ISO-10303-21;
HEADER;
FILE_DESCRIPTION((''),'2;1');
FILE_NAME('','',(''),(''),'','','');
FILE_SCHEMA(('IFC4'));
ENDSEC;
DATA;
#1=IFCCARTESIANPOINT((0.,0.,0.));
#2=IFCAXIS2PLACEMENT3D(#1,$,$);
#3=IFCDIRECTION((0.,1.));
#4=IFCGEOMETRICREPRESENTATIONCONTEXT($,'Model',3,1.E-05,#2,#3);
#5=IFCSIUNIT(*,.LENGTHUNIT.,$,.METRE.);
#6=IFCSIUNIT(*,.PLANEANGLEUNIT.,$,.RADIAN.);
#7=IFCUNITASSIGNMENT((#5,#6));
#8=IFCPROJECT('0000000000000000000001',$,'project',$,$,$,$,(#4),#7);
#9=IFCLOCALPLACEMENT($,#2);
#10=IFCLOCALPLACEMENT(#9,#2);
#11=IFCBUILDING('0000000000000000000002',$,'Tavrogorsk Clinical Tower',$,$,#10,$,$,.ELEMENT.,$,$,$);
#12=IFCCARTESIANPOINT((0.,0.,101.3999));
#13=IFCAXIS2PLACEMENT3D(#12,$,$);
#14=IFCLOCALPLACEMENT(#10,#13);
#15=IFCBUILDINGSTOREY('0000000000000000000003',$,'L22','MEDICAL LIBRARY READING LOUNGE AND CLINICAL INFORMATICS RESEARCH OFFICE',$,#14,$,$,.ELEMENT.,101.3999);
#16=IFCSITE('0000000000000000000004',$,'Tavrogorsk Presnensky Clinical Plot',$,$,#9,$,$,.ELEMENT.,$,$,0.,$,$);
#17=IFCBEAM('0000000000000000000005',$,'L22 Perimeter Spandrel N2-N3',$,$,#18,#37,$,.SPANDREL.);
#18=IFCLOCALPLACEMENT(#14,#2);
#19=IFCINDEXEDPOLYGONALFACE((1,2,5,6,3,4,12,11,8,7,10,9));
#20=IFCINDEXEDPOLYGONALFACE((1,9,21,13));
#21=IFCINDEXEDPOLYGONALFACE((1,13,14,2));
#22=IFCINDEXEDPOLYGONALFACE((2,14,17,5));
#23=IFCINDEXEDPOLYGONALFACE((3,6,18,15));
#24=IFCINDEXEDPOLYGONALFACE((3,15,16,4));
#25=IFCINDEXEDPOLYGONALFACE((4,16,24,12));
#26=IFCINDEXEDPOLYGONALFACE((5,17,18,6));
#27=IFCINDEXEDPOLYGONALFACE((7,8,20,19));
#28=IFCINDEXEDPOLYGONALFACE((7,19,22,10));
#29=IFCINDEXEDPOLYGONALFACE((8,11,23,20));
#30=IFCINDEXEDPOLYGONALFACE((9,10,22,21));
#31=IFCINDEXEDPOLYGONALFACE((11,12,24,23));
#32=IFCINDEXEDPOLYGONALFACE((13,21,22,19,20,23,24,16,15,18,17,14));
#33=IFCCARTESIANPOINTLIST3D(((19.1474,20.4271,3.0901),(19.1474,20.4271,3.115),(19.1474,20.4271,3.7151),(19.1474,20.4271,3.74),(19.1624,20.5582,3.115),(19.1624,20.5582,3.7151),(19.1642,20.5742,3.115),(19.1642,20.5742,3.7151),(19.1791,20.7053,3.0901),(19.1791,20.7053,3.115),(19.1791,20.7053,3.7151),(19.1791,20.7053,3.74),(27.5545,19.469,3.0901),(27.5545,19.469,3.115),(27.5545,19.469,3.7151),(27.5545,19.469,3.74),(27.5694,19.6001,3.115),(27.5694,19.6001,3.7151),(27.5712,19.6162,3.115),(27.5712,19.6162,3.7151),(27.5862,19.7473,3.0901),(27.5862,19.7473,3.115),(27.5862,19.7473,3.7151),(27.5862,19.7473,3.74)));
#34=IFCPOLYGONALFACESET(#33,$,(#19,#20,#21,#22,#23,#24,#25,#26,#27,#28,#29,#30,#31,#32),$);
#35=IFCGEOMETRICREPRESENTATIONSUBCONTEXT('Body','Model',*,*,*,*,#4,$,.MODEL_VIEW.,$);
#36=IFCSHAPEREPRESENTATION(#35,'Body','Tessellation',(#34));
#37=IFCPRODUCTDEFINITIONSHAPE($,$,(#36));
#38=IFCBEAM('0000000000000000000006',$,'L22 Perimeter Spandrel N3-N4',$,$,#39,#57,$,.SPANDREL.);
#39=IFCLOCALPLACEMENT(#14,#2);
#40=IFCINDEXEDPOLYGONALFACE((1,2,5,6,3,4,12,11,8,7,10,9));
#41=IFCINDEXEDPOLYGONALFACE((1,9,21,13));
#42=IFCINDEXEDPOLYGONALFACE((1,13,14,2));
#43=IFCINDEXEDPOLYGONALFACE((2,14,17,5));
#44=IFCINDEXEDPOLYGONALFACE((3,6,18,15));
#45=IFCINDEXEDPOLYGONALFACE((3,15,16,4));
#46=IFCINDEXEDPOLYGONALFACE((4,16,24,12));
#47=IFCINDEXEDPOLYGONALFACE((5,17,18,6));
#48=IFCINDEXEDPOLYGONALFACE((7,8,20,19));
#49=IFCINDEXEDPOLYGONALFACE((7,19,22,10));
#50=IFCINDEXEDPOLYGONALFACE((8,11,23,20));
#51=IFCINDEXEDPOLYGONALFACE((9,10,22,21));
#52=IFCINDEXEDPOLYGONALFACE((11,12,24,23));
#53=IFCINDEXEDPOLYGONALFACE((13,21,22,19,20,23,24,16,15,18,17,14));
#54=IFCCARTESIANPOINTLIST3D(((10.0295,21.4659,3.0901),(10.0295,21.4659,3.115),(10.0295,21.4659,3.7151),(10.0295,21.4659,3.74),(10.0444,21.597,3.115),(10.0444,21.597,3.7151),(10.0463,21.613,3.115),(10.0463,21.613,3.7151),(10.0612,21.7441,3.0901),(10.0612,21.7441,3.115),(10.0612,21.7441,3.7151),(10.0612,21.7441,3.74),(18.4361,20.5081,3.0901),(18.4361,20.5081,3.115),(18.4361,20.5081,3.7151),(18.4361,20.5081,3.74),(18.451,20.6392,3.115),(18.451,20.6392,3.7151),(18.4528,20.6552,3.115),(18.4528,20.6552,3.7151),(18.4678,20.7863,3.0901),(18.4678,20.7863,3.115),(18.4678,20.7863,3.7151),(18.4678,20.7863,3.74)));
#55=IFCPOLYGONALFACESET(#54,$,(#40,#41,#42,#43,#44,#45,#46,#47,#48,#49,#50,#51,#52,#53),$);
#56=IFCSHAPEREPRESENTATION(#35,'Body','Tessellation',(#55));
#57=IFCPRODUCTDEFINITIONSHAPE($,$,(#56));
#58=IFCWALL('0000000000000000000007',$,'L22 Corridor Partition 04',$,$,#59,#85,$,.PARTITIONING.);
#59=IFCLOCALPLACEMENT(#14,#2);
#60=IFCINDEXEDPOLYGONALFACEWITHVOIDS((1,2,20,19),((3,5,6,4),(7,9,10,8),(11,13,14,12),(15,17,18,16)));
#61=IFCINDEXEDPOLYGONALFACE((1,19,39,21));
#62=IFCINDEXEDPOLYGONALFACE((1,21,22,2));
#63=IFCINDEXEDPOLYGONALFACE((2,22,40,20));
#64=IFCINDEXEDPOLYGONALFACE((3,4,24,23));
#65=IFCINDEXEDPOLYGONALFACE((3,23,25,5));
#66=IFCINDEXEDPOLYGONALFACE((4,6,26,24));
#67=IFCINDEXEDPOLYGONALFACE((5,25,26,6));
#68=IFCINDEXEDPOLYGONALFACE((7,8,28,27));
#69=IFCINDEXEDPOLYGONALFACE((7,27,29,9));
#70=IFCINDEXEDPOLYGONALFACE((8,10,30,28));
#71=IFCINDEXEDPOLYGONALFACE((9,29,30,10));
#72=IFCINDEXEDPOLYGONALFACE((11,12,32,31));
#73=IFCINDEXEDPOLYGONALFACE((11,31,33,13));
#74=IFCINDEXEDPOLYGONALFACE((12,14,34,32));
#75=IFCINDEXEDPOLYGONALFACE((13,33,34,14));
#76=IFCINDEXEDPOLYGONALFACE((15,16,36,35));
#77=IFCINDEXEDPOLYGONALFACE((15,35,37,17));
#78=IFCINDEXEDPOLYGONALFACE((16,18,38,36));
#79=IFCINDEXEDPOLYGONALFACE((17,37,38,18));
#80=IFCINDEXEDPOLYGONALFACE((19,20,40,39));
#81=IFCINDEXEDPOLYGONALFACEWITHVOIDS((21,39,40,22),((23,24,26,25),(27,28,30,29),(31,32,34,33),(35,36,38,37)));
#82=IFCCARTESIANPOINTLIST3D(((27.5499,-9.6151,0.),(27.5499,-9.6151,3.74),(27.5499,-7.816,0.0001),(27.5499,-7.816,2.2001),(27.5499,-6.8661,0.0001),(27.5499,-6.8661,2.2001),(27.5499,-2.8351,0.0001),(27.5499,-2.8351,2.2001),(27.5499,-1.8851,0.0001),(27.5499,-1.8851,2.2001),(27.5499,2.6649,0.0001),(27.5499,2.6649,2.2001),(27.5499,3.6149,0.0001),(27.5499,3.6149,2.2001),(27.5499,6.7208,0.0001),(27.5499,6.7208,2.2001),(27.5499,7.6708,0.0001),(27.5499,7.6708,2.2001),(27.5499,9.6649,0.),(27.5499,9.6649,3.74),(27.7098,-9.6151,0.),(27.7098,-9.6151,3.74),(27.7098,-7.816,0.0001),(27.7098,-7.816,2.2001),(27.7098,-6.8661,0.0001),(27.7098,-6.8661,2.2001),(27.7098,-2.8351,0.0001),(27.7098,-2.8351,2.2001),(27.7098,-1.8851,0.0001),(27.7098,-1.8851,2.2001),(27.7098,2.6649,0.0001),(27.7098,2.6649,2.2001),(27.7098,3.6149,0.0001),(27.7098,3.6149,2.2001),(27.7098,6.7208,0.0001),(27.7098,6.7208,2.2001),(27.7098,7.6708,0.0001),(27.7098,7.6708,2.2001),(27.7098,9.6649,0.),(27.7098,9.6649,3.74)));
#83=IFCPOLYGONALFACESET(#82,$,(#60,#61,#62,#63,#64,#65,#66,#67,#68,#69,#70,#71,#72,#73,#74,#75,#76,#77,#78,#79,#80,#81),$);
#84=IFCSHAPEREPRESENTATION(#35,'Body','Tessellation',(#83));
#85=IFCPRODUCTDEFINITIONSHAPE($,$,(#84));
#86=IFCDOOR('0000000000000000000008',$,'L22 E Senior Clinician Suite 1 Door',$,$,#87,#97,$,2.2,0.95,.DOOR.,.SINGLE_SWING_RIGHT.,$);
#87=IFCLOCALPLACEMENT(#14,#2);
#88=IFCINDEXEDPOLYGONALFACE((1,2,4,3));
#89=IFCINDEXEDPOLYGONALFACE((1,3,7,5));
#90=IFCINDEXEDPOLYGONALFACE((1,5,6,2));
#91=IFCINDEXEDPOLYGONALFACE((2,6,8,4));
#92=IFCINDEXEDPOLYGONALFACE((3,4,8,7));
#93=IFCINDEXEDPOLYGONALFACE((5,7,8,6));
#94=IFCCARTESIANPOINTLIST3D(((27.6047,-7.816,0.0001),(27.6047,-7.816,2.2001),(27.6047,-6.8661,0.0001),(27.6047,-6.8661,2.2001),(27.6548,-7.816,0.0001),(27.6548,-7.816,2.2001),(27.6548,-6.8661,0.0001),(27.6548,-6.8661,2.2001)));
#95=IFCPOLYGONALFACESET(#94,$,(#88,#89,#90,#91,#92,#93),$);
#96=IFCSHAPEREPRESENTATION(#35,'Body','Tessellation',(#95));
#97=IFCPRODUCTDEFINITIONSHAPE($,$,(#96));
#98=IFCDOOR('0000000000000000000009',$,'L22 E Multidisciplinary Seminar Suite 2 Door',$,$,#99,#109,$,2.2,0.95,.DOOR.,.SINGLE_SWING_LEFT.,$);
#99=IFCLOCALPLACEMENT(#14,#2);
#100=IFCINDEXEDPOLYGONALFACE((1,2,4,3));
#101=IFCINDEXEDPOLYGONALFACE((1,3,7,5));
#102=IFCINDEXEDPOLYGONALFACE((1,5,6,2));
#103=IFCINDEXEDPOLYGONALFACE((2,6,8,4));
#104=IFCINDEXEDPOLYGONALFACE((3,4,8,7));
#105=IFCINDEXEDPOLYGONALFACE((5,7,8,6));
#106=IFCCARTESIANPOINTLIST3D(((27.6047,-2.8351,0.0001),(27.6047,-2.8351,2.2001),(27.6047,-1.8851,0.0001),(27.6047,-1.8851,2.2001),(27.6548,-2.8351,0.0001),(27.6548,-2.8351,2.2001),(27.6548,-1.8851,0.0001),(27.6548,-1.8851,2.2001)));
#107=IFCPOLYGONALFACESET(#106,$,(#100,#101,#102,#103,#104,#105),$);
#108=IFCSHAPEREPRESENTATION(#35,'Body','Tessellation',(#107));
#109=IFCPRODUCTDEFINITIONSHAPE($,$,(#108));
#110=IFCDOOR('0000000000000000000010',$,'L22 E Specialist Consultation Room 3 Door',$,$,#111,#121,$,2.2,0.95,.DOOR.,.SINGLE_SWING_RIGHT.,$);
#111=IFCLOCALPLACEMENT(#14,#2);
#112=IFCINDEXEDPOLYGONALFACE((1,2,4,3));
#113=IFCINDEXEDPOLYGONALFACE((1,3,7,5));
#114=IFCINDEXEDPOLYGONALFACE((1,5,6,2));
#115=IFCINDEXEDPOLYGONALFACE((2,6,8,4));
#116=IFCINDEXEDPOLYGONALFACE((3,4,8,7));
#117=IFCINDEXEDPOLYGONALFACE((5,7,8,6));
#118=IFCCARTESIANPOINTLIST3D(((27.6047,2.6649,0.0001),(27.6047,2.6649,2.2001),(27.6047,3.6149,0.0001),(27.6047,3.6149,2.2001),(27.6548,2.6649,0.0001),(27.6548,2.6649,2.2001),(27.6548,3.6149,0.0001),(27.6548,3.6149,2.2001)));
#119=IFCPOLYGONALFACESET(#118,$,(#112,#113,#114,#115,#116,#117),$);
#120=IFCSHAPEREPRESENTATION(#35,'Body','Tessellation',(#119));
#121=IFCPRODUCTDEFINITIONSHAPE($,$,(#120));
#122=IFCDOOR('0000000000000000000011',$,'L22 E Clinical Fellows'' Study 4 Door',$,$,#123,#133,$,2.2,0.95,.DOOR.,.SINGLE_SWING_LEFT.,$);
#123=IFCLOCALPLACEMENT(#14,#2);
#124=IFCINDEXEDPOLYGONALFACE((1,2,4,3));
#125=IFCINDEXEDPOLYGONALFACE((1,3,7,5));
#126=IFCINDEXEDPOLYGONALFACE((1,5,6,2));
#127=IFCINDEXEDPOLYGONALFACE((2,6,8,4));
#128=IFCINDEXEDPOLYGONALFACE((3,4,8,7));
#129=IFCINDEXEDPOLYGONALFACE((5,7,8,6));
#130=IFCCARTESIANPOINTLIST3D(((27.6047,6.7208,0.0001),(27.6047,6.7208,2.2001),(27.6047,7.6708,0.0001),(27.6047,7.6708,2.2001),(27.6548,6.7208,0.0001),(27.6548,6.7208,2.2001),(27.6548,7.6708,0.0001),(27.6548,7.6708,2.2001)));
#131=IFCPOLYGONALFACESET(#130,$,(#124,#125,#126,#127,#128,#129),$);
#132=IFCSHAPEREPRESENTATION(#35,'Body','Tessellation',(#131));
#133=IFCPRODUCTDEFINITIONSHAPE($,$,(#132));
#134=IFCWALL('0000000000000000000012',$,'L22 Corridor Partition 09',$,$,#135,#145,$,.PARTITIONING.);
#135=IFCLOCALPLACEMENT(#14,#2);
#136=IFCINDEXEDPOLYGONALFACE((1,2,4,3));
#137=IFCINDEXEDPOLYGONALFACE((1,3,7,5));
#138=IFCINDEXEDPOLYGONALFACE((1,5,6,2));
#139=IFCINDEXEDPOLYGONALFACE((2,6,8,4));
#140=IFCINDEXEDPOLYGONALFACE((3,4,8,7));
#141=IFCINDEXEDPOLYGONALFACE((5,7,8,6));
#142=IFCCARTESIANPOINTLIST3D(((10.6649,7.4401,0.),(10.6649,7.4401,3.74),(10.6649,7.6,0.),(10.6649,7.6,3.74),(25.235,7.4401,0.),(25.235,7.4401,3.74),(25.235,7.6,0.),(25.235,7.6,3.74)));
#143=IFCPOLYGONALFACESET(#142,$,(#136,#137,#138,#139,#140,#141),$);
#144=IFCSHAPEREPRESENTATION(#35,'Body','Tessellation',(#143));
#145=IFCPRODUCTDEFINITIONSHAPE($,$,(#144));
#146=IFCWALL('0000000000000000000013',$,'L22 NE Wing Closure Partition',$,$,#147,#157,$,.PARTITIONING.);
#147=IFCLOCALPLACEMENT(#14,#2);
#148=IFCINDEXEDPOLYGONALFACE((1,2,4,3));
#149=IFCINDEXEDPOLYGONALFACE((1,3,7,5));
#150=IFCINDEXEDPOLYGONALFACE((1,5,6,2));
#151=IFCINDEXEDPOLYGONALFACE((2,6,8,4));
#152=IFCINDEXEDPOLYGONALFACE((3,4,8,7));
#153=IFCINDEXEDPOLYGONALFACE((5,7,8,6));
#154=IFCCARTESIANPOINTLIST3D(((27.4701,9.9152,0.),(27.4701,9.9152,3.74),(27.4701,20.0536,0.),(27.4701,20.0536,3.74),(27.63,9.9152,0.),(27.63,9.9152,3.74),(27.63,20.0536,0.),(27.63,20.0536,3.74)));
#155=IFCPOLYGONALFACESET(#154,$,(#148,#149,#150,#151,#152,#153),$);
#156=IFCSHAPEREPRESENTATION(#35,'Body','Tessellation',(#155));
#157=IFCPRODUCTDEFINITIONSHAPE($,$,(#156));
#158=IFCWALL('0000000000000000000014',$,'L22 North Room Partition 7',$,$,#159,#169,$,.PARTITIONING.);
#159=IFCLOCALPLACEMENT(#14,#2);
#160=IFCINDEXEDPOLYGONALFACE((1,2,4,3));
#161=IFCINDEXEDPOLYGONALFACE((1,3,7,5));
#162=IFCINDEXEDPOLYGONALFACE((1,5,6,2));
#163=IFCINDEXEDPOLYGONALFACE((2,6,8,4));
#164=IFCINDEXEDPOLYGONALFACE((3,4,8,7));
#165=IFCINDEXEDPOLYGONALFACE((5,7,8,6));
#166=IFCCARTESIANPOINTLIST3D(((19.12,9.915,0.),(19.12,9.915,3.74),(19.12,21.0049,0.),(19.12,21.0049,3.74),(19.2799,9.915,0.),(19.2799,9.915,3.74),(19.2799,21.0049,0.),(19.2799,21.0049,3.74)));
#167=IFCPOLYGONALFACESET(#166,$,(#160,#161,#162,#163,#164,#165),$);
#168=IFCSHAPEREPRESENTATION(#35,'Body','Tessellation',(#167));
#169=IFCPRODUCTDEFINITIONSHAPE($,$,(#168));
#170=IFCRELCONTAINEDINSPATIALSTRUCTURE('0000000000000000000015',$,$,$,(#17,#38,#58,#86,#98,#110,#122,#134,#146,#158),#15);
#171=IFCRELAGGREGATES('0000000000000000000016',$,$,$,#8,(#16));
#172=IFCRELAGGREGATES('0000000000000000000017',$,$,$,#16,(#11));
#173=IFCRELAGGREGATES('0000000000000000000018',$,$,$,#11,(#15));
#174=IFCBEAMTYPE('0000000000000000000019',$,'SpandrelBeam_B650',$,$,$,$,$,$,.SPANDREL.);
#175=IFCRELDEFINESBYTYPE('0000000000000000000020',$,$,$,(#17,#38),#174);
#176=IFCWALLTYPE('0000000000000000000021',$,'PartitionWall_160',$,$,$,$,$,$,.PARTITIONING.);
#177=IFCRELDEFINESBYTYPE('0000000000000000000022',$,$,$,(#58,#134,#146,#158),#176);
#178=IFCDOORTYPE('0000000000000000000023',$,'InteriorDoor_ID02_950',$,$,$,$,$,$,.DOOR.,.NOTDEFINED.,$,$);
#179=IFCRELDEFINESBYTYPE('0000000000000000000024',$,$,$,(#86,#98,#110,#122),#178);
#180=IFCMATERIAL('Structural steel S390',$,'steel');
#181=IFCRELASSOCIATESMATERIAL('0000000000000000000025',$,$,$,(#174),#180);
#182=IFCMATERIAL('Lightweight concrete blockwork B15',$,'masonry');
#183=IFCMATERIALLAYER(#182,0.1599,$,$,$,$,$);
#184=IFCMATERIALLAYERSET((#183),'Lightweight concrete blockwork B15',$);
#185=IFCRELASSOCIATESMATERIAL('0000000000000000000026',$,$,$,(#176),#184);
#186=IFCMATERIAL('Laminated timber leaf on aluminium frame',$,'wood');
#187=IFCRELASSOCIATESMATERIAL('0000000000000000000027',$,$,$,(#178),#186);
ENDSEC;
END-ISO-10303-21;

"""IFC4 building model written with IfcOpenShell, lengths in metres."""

from ifc_helpers import new_model, si_unit, direction, frame, frame_2d, origin, origin_2d, place, context, subcontext, project, spatial, rectangle, i_section, extrude, material, layer, layer_set, material_profile, profile_set, type_object, element, fill, save


model = new_model("IFC4")

# Units and contexts
model_context = context("Model", 3, precision=1e-05, world=origin(), true_north=direction((0.0, 1.0)))
body_context = subcontext(model_context, "Body", "Model", "MODEL_VIEW")
ifc_project = project(units=[si_unit("LENGTHUNIT", "METRE"), si_unit("PLANEANGLEUNIT", "RADIAN")], contexts=[model_context])

# Site, building, storey
site_placement = place(None, origin())
site = spatial("IfcSite", under=ifc_project, at=site_placement, Name="Tavrogorsk Presnensky Clinical Plot", CompositionType="ELEMENT", RefElevation=0.0)
building_placement = place(site_placement, origin())
building = spatial("IfcBuilding", under=site, at=building_placement, Name="Tavrogorsk Clinical Tower", CompositionType="ELEMENT")
storey_placement = place(building_placement, frame((0.0, 0.0, 101.3999)))
storey = spatial("IfcBuildingStorey", under=building, at=storey_placement, Name="L22", Description="MEDICAL LIBRARY READING LOUNGE AND CLINICAL INFORMATICS RESEARCH OFFICE", CompositionType="ELEMENT", Elevation=101.3999)

# Beams
ifc_material_1 = material(Name="Structural steel S390", Category="steel")
ifc_material_profile_1 = material_profile(ifc_material_1, i_section(OverallWidth=0.28, OverallDepth=0.6499, WebThickness=0.0161, FlangeThickness=0.0249, at=origin_2d()), Name="B-650x280x16x25")
ifc_profile_set_1 = profile_set([ifc_material_profile_1], Name="Structural steel S390")
beam_type_1 = type_object("IfcBeamType", Name="SpandrelBeam_B650", PredefinedType="SPANDREL", material=ifc_profile_set_1)
beam_1_placement = place(storey_placement, frame((27.5703, 19.6082, 3.415), z_axis=(-0.99357, 0.113221, 0.0), x_axis=(-0.113221, -0.99357, 0.0)))
element("IfcBeam", 1, at=beam_1_placement, inside=storey, type_object=beam_type_1, Name="L22 Perimeter Spandrel N2-N3", PredefinedType="SPANDREL", context=body_context, shape_type="SweptSolid", body=[
    extrude(i_section(OverallWidth=0.28, OverallDepth=0.6499, WebThickness=0.0161, FlangeThickness=0.0249, at=origin_2d()), origin(), (0.0, 0.0, 1.0), 8.4614),
])
beam_2_placement = place(storey_placement, frame((18.4519, 20.6472, 3.415), z_axis=(-0.993572, 0.113199, 0.0), x_axis=(-0.113199, -0.993572, 0.0)))
element("IfcBeam", 2, at=beam_2_placement, inside=storey, type_object=beam_type_1, Name="L22 Perimeter Spandrel N3-N4", PredefinedType="SPANDREL", context=body_context, shape_type="SweptSolid", body=[
    extrude(i_section(OverallWidth=0.28, OverallDepth=0.6499, WebThickness=0.0161, FlangeThickness=0.0249, at=origin_2d()), origin(), (0.0, 0.0, 1.0), 8.4609),
])

# Wall, openings, doors
ifc_material_2 = material(Name="Lightweight concrete blockwork B15", Category="masonry")
ifc_layer_1 = layer(ifc_material_2, 0.1599)
ifc_layer_set_1 = layer_set([ifc_layer_1], Name="Lightweight concrete blockwork B15")
wall_type_1 = type_object("IfcWallType", Name="PartitionWall_160", PredefinedType="PARTITIONING", material=ifc_layer_set_1)
wall_1_placement = place(storey_placement, frame((27.6299, 9.665, 0.0), z_axis=(0.0, 0.0, 1.0), x_axis=(0.0, -1.0, 0.0)))
wall_1 = element("IfcWall", 3, at=wall_1_placement, inside=storey, type_object=wall_type_1, Name="L22 Corridor Partition 04", PredefinedType="PARTITIONING", context=body_context, shape_type="SweptSolid", body=[
    extrude(rectangle(XDim=19.28, YDim=0.1599, at=frame_2d((9.6401, 0.0))), origin(), (0.0, 0.0, 1.0), 3.74),
])
opening_1_placement = place(wall_1_placement, frame((16.531, 0.0, 0.0)))
opening_1 = element("IfcOpeningElement", 4, at=opening_1_placement, cuts=wall_1, PredefinedType="OPENING", context=body_context, shape_type="SweptSolid", body=[
    extrude(rectangle(XDim=0.95, YDim=2.2, at=frame_2d((0.4751, 1.1001))), frame((0.0, 0.0898, 0.0), z_axis=(0.0, -1.0, 0.0), x_axis=(1.0, 0.0, 0.0)), (0.0, 0.0, 1.0), 0.1799),
])
opening_2_placement = place(wall_1_placement, frame((11.55, 0.0, 0.0)))
opening_2 = element("IfcOpeningElement", 5, at=opening_2_placement, cuts=wall_1, PredefinedType="OPENING", context=body_context, shape_type="SweptSolid", body=[
    extrude(rectangle(XDim=0.95, YDim=2.2, at=frame_2d((0.4751, 1.1001))), frame((0.0, 0.0898, 0.0), z_axis=(0.0, -1.0, 0.0), x_axis=(1.0, 0.0, 0.0)), (0.0, 0.0, 1.0), 0.1799),
])
opening_3_placement = place(wall_1_placement, frame((6.05, 0.0, 0.0)))
opening_3 = element("IfcOpeningElement", 6, at=opening_3_placement, cuts=wall_1, PredefinedType="OPENING", context=body_context, shape_type="SweptSolid", body=[
    extrude(rectangle(XDim=0.95, YDim=2.2, at=frame_2d((0.4751, 1.1001))), frame((0.0, 0.0898, 0.0), z_axis=(0.0, -1.0, 0.0), x_axis=(1.0, 0.0, 0.0)), (0.0, 0.0, 1.0), 0.1799),
])
opening_4_placement = place(wall_1_placement, frame((1.9941, 0.0, 0.0)))
opening_4 = element("IfcOpeningElement", 7, at=opening_4_placement, cuts=wall_1, PredefinedType="OPENING", context=body_context, shape_type="SweptSolid", body=[
    extrude(rectangle(XDim=0.95, YDim=2.2, at=frame_2d((0.4751, 1.1001))), frame((0.0, 0.0898, 0.0), z_axis=(0.0, -1.0, 0.0), x_axis=(1.0, 0.0, 0.0)), (0.0, 0.0, 1.0), 0.1799),
])
ifc_material_3 = material(Name="Laminated timber leaf on aluminium frame", Category="wood")
door_type = type_object("IfcDoorType", Name="InteriorDoor_ID02_950", OperationType="NOTDEFINED", PredefinedType="DOOR", material=ifc_material_3)
door_1_placement = place(opening_1_placement, origin())
door_1 = element("IfcDoor", 8, at=door_1_placement, inside=storey, type_object=door_type, Name="L22 E Senior Clinician Suite 1 Door", OperationType="SINGLE_SWING_RIGHT", OverallHeight=2.2, OverallWidth=0.95, PredefinedType="DOOR", context=body_context, shape_type="SweptSolid", body=[
    extrude(rectangle(XDim=0.95, YDim=2.2, at=frame_2d((0.4751, 1.1001))), frame((0.0, 0.0249, 0.0), z_axis=(0.0, -1.0, 0.0), x_axis=(1.0, 0.0, 0.0)), (0.0, 0.0, 1.0), 0.05),
])
fill(opening_1, door_1)
door_2_placement = place(opening_2_placement, origin())
door_2 = element("IfcDoor", 9, at=door_2_placement, inside=storey, type_object=door_type, Name="L22 E Multidisciplinary Seminar Suite 2 Door", OperationType="SINGLE_SWING_LEFT", OverallHeight=2.2, OverallWidth=0.95, PredefinedType="DOOR", context=body_context, shape_type="SweptSolid", body=[
    extrude(rectangle(XDim=0.95, YDim=2.2, at=frame_2d((0.4751, 1.1001))), frame((0.0, 0.0249, 0.0), z_axis=(0.0, -1.0, 0.0), x_axis=(1.0, 0.0, 0.0)), (0.0, 0.0, 1.0), 0.05),
])
fill(opening_2, door_2)
door_3_placement = place(opening_3_placement, origin())
door_3 = element("IfcDoor", 10, at=door_3_placement, inside=storey, type_object=door_type, Name="L22 E Specialist Consultation Room 3 Door", OperationType="SINGLE_SWING_RIGHT", OverallHeight=2.2, OverallWidth=0.95, PredefinedType="DOOR", context=body_context, shape_type="SweptSolid", body=[
    extrude(rectangle(XDim=0.95, YDim=2.2, at=frame_2d((0.4751, 1.1001))), frame((0.0, 0.0249, 0.0), z_axis=(0.0, -1.0, 0.0), x_axis=(1.0, 0.0, 0.0)), (0.0, 0.0, 1.0), 0.05),
])
fill(opening_3, door_3)
door_4_placement = place(opening_4_placement, origin())
door_4 = element("IfcDoor", 11, at=door_4_placement, inside=storey, type_object=door_type, Name="L22 E Clinical Fellows' Study 4 Door", OperationType="SINGLE_SWING_LEFT", OverallHeight=2.2, OverallWidth=0.95, PredefinedType="DOOR", context=body_context, shape_type="SweptSolid", body=[
    extrude(rectangle(XDim=0.95, YDim=2.2, at=frame_2d((0.4751, 1.1001))), frame((0.0, 0.0249, 0.0), z_axis=(0.0, -1.0, 0.0), x_axis=(1.0, 0.0, 0.0)), (0.0, 0.0, 1.0), 0.05),
])
fill(opening_4, door_4)

# Walls
wall_2_placement = place(storey_placement, frame((25.2351, 7.52, 0.0), z_axis=(0.0, 0.0, 1.0), x_axis=(-1.0, 0.0, 0.0)))
element("IfcWall", 12, at=wall_2_placement, inside=storey, type_object=wall_type_1, Name="L22 Corridor Partition 09", PredefinedType="PARTITIONING", context=body_context, shape_type="SweptSolid", body=[
    extrude(rectangle(XDim=14.5701, YDim=0.1599, at=frame_2d((7.2852, 0.0))), origin(), (0.0, 0.0, 1.0), 3.74),
])
wall_3_placement = place(storey_placement, frame((27.55, 9.915, 0.0), z_axis=(0.0, 0.0, 1.0), x_axis=(0.0, 1.0, 0.0)))
element("IfcWall", 13, at=wall_3_placement, inside=storey, type_object=wall_type_1, Name="L22 NE Wing Closure Partition", PredefinedType="PARTITIONING", context=body_context, shape_type="SweptSolid", body=[
    extrude(rectangle(XDim=10.1384, YDim=0.1599, at=frame_2d((5.0693, 0.0))), origin(), (0.0, 0.0, 1.0), 3.74),
])
wall_4_placement = place(storey_placement, frame((19.2, 9.915, 0.0), z_axis=(0.0, 0.0, 1.0), x_axis=(0.0, 1.0, 0.0)))
element("IfcWall", 14, at=wall_4_placement, inside=storey, type_object=wall_type_1, Name="L22 North Room Partition 7", PredefinedType="PARTITIONING", context=body_context, shape_type="SweptSolid", body=[
    extrude(rectangle(XDim=11.0898, YDim=0.1599, at=frame_2d((5.5449, 0.0))), origin(), (0.0, 0.0, 1.0), 3.74),
])

save(model, "model.ifc")
